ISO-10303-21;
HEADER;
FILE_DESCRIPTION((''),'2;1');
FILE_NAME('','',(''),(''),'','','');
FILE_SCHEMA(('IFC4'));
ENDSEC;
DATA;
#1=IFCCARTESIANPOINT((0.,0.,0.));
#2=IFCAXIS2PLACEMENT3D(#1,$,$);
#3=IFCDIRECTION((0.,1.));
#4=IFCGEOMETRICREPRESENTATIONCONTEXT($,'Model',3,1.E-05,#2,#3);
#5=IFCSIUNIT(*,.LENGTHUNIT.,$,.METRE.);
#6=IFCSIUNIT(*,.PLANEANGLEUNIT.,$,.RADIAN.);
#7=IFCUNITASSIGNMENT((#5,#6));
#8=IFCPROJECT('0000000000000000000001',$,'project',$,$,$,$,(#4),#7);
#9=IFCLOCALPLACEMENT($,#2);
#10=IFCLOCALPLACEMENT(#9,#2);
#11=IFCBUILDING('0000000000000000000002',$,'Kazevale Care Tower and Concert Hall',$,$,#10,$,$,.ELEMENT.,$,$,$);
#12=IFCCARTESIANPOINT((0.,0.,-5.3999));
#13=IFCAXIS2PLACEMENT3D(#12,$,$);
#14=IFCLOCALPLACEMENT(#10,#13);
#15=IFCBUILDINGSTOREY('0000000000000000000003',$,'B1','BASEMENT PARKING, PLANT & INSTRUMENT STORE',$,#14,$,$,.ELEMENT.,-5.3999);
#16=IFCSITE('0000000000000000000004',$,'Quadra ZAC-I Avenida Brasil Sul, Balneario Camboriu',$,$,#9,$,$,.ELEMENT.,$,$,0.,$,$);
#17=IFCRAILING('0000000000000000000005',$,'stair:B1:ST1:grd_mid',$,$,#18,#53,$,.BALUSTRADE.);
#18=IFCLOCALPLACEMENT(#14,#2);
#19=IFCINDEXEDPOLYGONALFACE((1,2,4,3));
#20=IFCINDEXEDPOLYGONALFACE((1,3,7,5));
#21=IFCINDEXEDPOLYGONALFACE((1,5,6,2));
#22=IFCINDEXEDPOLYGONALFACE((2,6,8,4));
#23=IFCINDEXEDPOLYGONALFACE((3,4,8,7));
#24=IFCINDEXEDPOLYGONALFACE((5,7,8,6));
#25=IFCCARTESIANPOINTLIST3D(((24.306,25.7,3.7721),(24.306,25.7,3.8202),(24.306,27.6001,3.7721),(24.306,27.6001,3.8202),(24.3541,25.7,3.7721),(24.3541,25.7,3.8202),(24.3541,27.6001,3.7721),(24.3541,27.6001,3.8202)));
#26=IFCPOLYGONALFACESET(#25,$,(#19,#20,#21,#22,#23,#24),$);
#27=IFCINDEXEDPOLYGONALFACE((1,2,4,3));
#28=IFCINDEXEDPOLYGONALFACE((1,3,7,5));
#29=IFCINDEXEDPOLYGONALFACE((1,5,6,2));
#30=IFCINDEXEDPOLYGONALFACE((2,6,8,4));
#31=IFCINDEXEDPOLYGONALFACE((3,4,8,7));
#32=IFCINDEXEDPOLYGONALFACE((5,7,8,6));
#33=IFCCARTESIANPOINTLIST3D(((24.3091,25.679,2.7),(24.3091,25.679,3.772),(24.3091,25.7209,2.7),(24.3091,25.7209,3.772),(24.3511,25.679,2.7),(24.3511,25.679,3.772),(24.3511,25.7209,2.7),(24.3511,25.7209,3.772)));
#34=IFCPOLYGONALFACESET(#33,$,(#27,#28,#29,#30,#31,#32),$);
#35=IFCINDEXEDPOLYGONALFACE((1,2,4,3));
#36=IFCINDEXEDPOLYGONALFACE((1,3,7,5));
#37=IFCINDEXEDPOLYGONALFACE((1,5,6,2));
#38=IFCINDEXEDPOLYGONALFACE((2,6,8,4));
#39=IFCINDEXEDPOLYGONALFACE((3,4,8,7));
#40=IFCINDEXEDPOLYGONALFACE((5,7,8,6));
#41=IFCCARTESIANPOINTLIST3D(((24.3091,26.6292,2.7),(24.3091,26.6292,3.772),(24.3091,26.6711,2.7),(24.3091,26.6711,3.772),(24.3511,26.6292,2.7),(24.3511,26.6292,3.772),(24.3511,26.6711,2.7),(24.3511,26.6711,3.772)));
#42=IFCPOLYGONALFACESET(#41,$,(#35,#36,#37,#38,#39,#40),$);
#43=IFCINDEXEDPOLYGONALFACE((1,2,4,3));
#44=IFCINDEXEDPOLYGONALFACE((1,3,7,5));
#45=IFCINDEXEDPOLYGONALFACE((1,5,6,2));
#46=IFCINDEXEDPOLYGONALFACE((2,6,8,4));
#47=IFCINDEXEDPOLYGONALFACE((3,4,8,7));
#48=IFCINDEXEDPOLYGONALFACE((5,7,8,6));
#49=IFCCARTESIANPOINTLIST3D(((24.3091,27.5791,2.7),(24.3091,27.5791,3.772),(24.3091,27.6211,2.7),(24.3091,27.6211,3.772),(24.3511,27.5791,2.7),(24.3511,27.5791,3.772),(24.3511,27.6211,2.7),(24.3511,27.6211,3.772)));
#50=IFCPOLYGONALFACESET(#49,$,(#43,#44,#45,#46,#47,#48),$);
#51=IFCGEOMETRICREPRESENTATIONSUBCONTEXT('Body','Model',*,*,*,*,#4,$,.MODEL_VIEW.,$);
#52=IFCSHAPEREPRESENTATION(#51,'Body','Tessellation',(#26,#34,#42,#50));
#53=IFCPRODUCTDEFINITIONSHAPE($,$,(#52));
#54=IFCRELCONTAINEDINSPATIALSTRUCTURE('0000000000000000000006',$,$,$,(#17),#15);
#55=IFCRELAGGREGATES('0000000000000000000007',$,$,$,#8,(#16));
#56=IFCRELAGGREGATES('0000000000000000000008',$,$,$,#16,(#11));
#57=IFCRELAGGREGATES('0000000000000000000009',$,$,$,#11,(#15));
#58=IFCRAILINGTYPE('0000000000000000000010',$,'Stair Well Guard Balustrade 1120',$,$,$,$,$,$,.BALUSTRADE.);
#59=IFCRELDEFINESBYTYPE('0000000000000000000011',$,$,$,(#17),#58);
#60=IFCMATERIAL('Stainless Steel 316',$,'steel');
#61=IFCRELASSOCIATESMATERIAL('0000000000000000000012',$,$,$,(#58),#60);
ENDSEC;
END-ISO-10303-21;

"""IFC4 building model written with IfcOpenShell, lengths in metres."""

from ifc_helpers import new_model, si_unit, direction, frame, origin, origin_2d, place, context, subcontext, project, spatial, rectangle, extrude, material, type_object, element, save


model = new_model("IFC4")

# Units and contexts
model_context = context("Model", 3, precision=1e-05, world=origin(), true_north=direction((0.0, 1.0)))
body_context = subcontext(model_context, "Body", "Model", "MODEL_VIEW")
ifc_project = project(units=[si_unit("LENGTHUNIT", "METRE"), si_unit("PLANEANGLEUNIT", "RADIAN")], contexts=[model_context])

# Site, building, storey
site_placement = place(None, origin())
site = spatial("IfcSite", under=ifc_project, at=site_placement, Name="Quadra ZAC-I Avenida Brasil Sul, Balneario Camboriu", CompositionType="ELEMENT", RefElevation=0.0)
building_placement = place(site_placement, origin())
building = spatial("IfcBuilding", under=site, at=building_placement, Name="Kazevale Care Tower and Concert Hall", CompositionType="ELEMENT")
storey_placement = place(building_placement, frame((0.0, 0.0, -5.3999)))
storey = spatial("IfcBuildingStorey", under=building, at=storey_placement, Name="B1", Description="BASEMENT PARKING, PLANT & INSTRUMENT STORE", CompositionType="ELEMENT", Elevation=-5.3999)

# Railing
ifc_material_1 = material(Name="Stainless Steel 316", Category="steel")
railing_type_1 = type_object("IfcRailingType", Name="Stair Well Guard Balustrade 1120", PredefinedType="BALUSTRADE", material=ifc_material_1)
railing_1_placement = place(storey_placement, frame((24.3301, 25.7, 2.7)))
element("IfcRailing", 1, at=railing_1_placement, inside=storey, type_object=railing_type_1, Name="stair:B1:ST1:grd_mid", PredefinedType="BALUSTRADE", context=body_context, shape_type="SweptSolid", body=[
    extrude(rectangle(XDim=0.0481, YDim=0.0481, at=origin_2d()), frame((0.0, 0.0, 1.0962), z_axis=(0.0, 1.0, 0.0), x_axis=(-1.0, 0.0, 0.0)), (0.0, 0.0, 1.0), 1.9001),
    extrude(rectangle(XDim=0.042, YDim=0.042, at=origin_2d()), origin(), (0.0, 0.0, 1.0), 1.072),
    extrude(rectangle(XDim=0.042, YDim=0.042, at=origin_2d()), frame((0.0, 0.9502, 0.0)), (0.0, 0.0, 1.0), 1.072),
    extrude(rectangle(XDim=0.042, YDim=0.042, at=origin_2d()), frame((0.0, 1.9001, 0.0)), (0.0, 0.0, 1.0), 1.072),
])

save(model, "model.ifc")
